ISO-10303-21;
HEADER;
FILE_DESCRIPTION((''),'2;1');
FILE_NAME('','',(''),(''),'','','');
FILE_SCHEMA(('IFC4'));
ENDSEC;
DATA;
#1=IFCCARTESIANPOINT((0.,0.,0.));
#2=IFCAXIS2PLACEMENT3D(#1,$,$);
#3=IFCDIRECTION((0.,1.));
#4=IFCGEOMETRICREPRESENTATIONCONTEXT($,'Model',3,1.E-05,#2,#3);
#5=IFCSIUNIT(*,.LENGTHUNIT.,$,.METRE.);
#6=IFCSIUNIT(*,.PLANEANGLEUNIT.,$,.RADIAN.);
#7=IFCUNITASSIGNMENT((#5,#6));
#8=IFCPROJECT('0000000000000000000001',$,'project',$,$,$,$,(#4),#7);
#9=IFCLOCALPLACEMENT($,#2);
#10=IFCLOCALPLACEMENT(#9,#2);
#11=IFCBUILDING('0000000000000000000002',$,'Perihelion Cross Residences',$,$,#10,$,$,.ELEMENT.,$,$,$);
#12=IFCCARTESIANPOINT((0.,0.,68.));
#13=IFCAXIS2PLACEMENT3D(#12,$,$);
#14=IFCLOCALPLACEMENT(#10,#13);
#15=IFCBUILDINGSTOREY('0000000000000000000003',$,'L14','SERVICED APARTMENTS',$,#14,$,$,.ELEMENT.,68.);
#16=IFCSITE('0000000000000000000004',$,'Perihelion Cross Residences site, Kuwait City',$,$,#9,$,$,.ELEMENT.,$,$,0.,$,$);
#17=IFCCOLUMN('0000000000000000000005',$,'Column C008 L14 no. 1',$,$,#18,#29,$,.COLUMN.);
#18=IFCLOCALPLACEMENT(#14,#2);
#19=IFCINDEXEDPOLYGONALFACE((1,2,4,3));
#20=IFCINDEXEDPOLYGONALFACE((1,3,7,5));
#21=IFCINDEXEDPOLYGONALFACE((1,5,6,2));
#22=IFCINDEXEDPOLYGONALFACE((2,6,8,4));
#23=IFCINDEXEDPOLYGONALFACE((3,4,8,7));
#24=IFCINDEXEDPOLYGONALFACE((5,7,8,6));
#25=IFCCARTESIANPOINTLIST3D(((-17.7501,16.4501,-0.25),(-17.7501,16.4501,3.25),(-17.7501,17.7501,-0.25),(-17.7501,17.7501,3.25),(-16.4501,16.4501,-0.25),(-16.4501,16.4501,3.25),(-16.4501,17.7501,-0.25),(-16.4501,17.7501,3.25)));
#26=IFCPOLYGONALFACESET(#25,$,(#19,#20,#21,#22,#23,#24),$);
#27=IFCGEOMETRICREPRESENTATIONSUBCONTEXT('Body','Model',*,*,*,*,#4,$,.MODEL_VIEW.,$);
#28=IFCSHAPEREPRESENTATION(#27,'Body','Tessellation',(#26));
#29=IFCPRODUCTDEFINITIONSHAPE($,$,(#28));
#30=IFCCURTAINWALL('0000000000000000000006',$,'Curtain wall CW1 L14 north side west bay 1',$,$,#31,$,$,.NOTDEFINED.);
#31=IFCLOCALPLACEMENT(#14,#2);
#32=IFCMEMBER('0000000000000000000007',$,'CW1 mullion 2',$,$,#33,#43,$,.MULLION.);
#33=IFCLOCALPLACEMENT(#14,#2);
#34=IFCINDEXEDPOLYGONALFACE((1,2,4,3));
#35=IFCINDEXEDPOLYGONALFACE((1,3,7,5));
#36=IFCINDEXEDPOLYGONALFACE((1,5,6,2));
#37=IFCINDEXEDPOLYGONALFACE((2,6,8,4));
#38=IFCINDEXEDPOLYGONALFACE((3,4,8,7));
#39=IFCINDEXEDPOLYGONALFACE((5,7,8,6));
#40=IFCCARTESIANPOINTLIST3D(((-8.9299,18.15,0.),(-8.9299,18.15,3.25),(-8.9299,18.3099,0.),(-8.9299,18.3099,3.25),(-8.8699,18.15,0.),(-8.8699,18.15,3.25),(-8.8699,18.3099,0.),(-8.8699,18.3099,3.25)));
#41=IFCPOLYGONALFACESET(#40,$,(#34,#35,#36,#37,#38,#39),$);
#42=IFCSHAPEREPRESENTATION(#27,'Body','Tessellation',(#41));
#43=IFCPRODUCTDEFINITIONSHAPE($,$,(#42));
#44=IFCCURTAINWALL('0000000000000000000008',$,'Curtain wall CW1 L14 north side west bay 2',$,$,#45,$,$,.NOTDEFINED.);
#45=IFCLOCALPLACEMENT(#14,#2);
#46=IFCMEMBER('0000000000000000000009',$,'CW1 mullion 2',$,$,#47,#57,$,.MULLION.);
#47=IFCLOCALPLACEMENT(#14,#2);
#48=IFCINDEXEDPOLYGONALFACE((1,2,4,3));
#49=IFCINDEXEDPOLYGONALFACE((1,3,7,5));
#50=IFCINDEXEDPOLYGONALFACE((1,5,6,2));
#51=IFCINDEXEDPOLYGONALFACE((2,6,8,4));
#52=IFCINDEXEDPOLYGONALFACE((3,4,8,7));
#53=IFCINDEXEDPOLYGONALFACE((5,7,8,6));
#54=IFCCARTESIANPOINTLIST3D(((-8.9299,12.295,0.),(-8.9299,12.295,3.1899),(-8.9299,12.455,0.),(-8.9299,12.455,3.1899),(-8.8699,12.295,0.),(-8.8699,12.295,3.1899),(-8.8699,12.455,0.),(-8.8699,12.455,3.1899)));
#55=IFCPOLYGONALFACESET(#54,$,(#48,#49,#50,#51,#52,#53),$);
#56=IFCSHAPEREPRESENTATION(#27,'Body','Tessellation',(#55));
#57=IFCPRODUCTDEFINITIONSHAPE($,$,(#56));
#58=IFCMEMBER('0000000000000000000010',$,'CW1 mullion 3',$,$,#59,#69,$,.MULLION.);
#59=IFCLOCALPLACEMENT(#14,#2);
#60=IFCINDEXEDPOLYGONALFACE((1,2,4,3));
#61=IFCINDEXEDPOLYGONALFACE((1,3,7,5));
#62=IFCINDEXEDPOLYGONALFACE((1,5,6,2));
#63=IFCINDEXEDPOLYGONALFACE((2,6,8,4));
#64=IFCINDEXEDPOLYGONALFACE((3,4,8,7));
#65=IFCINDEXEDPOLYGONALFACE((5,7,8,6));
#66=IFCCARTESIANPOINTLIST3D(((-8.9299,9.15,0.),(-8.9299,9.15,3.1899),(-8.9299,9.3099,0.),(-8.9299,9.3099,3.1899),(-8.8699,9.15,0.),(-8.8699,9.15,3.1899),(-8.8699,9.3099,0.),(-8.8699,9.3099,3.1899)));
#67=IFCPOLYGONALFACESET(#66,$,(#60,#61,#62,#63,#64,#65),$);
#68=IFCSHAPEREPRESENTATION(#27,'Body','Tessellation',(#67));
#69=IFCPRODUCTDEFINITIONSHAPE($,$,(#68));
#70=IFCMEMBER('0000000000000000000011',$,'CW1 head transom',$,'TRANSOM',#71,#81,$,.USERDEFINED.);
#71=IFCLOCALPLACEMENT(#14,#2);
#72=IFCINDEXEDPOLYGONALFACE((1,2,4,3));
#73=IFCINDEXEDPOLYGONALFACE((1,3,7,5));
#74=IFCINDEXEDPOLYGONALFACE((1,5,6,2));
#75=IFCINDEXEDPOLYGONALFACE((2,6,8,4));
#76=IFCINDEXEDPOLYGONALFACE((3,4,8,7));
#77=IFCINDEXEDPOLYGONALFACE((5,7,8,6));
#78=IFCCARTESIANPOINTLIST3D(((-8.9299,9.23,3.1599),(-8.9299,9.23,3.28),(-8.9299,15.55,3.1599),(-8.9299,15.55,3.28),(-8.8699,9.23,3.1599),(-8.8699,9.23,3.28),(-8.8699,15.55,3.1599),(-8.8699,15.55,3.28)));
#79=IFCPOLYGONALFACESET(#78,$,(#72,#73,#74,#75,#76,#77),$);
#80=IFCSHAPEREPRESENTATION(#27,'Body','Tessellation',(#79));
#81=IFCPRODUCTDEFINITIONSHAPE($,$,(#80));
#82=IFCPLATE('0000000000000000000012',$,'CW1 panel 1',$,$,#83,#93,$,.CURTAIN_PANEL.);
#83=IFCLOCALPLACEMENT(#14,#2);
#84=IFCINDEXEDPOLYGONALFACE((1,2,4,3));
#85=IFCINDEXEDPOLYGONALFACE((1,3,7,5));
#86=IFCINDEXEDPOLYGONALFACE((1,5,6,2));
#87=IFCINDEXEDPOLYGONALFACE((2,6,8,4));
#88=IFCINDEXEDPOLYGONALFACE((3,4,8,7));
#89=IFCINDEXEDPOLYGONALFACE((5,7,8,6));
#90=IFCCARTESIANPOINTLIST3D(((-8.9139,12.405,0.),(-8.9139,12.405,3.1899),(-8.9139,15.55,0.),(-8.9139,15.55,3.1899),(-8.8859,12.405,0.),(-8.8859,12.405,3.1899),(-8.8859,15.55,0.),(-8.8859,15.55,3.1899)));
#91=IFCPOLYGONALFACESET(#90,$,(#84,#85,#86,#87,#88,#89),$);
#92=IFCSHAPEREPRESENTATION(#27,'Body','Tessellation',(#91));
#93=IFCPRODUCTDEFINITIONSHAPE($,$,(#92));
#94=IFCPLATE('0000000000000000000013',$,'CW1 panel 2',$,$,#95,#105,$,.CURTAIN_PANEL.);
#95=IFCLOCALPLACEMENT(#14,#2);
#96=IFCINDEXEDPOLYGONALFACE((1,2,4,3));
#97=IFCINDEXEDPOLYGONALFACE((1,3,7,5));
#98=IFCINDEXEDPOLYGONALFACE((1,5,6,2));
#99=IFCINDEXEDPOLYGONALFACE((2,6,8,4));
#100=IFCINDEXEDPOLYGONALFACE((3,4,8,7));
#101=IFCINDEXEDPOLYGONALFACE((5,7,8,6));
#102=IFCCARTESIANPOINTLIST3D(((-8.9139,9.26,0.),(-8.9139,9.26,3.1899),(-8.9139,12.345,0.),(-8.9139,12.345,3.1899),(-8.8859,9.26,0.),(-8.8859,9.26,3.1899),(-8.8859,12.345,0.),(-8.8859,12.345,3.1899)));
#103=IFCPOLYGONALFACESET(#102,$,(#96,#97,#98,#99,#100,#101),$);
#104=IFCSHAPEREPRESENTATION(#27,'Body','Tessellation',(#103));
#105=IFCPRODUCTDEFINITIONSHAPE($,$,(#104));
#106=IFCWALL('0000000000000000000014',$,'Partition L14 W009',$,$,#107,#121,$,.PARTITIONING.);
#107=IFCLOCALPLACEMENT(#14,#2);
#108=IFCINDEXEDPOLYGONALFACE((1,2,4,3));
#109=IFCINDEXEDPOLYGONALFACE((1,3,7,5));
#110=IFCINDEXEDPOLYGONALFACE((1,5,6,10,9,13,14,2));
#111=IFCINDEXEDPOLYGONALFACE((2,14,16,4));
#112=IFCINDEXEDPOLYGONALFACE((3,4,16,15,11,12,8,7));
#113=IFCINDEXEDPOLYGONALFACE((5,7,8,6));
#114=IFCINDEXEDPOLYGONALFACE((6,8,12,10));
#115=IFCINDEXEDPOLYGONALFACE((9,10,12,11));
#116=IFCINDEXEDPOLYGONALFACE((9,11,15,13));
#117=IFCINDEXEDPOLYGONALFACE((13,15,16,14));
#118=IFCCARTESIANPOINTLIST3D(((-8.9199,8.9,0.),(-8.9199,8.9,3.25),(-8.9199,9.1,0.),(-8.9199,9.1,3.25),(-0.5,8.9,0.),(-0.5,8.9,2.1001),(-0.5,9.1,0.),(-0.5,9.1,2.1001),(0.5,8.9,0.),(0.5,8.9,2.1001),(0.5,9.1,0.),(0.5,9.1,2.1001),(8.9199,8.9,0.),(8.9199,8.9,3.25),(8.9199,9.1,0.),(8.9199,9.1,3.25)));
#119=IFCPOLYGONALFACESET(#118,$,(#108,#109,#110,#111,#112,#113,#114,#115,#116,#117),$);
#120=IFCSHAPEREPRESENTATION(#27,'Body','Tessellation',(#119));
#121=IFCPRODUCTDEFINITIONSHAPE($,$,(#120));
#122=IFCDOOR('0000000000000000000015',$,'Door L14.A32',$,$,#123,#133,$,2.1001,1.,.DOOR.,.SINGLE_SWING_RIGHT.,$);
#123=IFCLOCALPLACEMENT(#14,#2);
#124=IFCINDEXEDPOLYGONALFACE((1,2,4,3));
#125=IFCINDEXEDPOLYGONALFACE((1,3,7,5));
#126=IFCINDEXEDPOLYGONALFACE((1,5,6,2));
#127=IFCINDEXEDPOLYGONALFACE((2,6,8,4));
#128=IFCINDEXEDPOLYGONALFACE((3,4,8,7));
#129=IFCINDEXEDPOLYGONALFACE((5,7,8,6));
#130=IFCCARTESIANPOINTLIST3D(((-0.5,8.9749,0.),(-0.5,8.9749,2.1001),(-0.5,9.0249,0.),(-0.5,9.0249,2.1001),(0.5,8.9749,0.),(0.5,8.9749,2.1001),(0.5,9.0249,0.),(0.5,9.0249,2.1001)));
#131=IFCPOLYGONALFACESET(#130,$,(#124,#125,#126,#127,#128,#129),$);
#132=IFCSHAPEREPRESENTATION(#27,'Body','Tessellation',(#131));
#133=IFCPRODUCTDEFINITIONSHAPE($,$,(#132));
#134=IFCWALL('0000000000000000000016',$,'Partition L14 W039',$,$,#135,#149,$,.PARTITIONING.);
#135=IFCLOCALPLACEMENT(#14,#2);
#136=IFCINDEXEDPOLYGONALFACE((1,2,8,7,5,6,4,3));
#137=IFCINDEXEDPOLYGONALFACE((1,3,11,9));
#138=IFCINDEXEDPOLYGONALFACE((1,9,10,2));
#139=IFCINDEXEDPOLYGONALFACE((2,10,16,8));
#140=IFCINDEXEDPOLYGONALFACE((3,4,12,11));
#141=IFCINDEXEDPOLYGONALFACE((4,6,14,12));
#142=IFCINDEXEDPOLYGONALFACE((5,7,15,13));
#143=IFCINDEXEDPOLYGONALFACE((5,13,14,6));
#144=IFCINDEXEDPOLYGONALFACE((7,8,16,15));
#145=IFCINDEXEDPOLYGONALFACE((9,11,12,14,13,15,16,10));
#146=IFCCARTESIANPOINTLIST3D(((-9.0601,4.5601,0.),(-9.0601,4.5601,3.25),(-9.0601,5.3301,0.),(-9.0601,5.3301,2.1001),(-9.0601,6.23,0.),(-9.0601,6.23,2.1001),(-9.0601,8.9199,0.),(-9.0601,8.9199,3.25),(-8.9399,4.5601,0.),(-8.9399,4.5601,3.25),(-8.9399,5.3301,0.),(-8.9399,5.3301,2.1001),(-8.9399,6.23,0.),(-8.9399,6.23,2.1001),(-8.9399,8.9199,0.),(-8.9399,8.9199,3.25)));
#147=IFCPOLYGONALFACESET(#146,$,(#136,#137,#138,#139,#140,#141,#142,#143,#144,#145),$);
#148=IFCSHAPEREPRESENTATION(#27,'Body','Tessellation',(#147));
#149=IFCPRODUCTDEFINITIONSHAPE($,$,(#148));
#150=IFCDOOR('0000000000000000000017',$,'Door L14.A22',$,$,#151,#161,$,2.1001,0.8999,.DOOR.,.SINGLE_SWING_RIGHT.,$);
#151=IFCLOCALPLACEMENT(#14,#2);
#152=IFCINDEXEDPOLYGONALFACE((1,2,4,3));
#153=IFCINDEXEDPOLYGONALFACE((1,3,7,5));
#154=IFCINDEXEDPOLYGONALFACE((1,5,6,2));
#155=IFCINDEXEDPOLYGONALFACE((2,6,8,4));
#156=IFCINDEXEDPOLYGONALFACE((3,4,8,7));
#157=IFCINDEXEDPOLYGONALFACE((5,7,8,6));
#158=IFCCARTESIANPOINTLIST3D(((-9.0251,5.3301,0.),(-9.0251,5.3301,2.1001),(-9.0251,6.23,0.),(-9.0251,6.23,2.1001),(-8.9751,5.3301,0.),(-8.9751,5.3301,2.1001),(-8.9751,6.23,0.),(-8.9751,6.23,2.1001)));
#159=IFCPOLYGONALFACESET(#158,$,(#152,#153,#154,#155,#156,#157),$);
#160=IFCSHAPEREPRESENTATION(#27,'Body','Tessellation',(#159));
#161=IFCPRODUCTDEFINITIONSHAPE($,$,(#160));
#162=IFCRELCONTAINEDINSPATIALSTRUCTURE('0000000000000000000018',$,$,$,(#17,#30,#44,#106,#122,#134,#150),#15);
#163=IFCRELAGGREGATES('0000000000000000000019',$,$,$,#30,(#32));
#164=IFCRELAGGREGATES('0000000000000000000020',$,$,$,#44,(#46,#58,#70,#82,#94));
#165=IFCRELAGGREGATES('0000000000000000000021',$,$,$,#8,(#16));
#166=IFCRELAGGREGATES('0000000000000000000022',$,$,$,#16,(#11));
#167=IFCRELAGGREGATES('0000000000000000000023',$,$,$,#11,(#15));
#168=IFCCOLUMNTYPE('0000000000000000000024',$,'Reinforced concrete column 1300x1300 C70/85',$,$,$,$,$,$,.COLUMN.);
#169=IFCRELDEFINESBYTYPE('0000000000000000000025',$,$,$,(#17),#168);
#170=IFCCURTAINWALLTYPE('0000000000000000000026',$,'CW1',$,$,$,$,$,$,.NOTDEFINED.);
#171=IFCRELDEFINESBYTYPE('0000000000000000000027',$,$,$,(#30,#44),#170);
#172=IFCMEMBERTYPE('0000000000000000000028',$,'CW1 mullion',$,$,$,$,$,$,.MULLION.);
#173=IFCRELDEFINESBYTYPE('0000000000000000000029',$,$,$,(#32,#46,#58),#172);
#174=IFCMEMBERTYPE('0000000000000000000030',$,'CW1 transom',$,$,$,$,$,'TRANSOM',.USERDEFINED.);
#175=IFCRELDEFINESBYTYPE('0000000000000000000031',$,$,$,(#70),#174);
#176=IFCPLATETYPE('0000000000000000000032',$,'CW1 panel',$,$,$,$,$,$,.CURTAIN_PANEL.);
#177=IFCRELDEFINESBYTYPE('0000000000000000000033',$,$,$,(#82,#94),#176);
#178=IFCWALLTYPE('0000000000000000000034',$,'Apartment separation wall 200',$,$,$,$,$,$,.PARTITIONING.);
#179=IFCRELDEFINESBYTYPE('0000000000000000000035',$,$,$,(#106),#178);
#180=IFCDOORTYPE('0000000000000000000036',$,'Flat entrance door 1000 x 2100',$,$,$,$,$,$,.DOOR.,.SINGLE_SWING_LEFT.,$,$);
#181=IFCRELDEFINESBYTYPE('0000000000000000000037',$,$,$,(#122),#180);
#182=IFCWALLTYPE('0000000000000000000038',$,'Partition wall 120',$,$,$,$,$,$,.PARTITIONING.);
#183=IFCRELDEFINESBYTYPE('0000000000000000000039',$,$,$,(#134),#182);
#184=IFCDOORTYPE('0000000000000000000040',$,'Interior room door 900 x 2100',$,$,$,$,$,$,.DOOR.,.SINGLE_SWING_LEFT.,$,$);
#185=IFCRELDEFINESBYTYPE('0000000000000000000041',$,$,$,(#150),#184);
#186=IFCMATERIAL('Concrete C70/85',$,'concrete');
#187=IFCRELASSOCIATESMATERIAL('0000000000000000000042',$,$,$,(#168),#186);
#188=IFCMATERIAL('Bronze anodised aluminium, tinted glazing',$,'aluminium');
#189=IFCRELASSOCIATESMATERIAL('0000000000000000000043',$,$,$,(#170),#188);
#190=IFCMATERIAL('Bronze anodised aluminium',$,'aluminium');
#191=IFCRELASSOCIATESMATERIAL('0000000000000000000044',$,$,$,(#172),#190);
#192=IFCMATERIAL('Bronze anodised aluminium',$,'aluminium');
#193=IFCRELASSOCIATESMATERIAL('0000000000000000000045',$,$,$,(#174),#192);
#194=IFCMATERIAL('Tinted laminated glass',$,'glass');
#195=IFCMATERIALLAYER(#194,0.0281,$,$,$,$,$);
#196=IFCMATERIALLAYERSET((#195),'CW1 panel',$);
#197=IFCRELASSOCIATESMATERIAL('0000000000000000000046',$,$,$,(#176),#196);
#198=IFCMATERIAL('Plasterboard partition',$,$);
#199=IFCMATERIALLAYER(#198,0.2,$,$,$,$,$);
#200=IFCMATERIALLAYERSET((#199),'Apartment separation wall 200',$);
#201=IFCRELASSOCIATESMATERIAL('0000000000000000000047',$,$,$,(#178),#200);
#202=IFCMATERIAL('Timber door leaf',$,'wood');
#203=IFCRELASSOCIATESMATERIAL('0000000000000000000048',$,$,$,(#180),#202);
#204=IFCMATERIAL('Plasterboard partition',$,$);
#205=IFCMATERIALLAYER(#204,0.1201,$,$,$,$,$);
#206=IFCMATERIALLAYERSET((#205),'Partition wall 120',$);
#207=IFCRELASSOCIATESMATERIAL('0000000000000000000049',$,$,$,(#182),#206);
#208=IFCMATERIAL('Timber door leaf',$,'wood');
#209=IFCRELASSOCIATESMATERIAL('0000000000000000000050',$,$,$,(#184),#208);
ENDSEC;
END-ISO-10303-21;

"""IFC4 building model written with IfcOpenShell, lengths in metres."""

from ifc_helpers import new_model, si_unit, direction, frame, frame_2d, origin, origin_2d, place, context, subcontext, project, spatial, rectangle, extrude, material, layer, layer_set, material_profile, profile_set, type_object, element, fill, aggregate, save


model = new_model("IFC4")

# Units and contexts
model_context = context("Model", 3, precision=1e-05, world=origin(), true_north=direction((0.0, 1.0)))
body_context = subcontext(model_context, "Body", "Model", "MODEL_VIEW")
ifc_project = project(units=[si_unit("LENGTHUNIT", "METRE"), si_unit("PLANEANGLEUNIT", "RADIAN")], contexts=[model_context])

# Site, building, storey
site_placement = place(None, origin())
site = spatial("IfcSite", under=ifc_project, at=site_placement, Name="Perihelion Cross Residences site, Kuwait City", CompositionType="ELEMENT", RefElevation=0.0)
building_placement = place(site_placement, origin())
building = spatial("IfcBuilding", under=site, at=building_placement, Name="Perihelion Cross Residences", CompositionType="ELEMENT")
storey_placement = place(building_placement, frame((0.0, 0.0, 68.0)))
storey = spatial("IfcBuildingStorey", under=building, at=storey_placement, Name="L14", Description="SERVICED APARTMENTS", CompositionType="ELEMENT", Elevation=68.0)

# Column
ifc_material_1 = material(Name="Concrete C70/85", Category="concrete")
ifc_material_profile_1 = material_profile(ifc_material_1, rectangle(XDim=1.3, YDim=1.3, at=origin_2d()), Name="RC 1300x1300")
ifc_profile_set_1 = profile_set([ifc_material_profile_1], Name="Concrete C70/85")
column_type = type_object("IfcColumnType", Name="Reinforced concrete column 1300x1300 C70/85", PredefinedType="COLUMN", material=ifc_profile_set_1)
column_placement = place(storey_placement, frame((-17.1001, 17.1001, -0.25), z_axis=(0.0, 0.0, 1.0), x_axis=(1.0, 0.0, 0.0)))
element("IfcColumn", 1, at=column_placement, inside=storey, type_object=column_type, Name="Column C008 L14 no. 1", PredefinedType="COLUMN", context=body_context, shape_type="SweptSolid", body=[
    extrude(rectangle(XDim=1.3, YDim=1.3, at=origin_2d()), origin(), (0.0, 0.0, 1.0), 3.5),
])

# Curtain wall, member
ifc_material_2 = material(Name="Bronze anodised aluminium, tinted glazing", Category="aluminium")
curtain_wall_type = type_object("IfcCurtainWallType", Name="CW1", PredefinedType="NOTDEFINED", material=ifc_material_2)
curtain_wall_1_placement = place(storey_placement, origin())
curtain_wall_1 = element("IfcCurtainWall", 2, at=curtain_wall_1_placement, inside=storey, type_object=curtain_wall_type, Name="Curtain wall CW1 L14 north side west bay 1", PredefinedType="NOTDEFINED")
ifc_material_3 = material(Name="Bronze anodised aluminium", Category="aluminium")
ifc_material_profile_2 = material_profile(ifc_material_3, rectangle(XDim=0.0601, YDim=0.1599, at=origin_2d()), Name="CW1 mullion")
ifc_profile_set_2 = profile_set([ifc_material_profile_2], Name="Bronze anodised aluminium")
member_type_1 = type_object("IfcMemberType", Name="CW1 mullion", PredefinedType="MULLION", material=ifc_profile_set_2)
member_1_placement = place(storey_placement, frame((-8.8999, 18.23, 0.0), z_axis=(0.0, 0.0, 1.0), x_axis=(1.0, 0.0, 0.0)))
member_1 = element("IfcMember", 3, at=member_1_placement, type_object=member_type_1, Name="CW1 mullion 2", PredefinedType="MULLION", context=body_context, shape_type="SweptSolid", body=[
    extrude(rectangle(XDim=0.0601, YDim=0.1599, at=origin_2d()), origin(), (0.0, 0.0, 1.0), 3.25),
])
aggregate(curtain_wall_1, [member_1])

# Curtain wall, members, plates
curtain_wall_2_placement = place(storey_placement, origin())
curtain_wall_2 = element("IfcCurtainWall", 4, at=curtain_wall_2_placement, inside=storey, type_object=curtain_wall_type, Name="Curtain wall CW1 L14 north side west bay 2", PredefinedType="NOTDEFINED")
member_2_placement = place(storey_placement, frame((-8.8999, 12.375, 0.0), z_axis=(0.0, 0.0, 1.0), x_axis=(1.0, 0.0, 0.0)))
member_2 = element("IfcMember", 5, at=member_2_placement, type_object=member_type_1, Name="CW1 mullion 2", PredefinedType="MULLION", context=body_context, shape_type="SweptSolid", body=[
    extrude(rectangle(XDim=0.0601, YDim=0.1599, at=origin_2d()), origin(), (0.0, 0.0, 1.0), 3.1899),
])
member_3_placement = place(storey_placement, frame((-8.8999, 9.23, 0.0), z_axis=(0.0, 0.0, 1.0), x_axis=(1.0, 0.0, 0.0)))
member_3 = element("IfcMember", 6, at=member_3_placement, type_object=member_type_1, Name="CW1 mullion 3", PredefinedType="MULLION", context=body_context, shape_type="SweptSolid", body=[
    extrude(rectangle(XDim=0.0601, YDim=0.1599, at=origin_2d()), origin(), (0.0, 0.0, 1.0), 3.1899),
])
ifc_material_4 = material(Name="Bronze anodised aluminium", Category="aluminium")
ifc_material_profile_3 = material_profile(ifc_material_4, rectangle(XDim=0.0601, YDim=0.1201, at=origin_2d()), Name="CW1 transom")
ifc_profile_set_3 = profile_set([ifc_material_profile_3], Name="Bronze anodised aluminium")
member_type_2 = type_object("IfcMemberType", Name="CW1 transom", ElementType="TRANSOM", PredefinedType="USERDEFINED", material=ifc_profile_set_3)
member_4_placement = place(storey_placement, frame((-8.8999, 15.55, 3.22), z_axis=(0.0, -1.0, 0.0), x_axis=(1.0, 0.0, 0.0)))
member_4 = element("IfcMember", 7, at=member_4_placement, type_object=member_type_2, Name="CW1 head transom", ObjectType="TRANSOM", PredefinedType="USERDEFINED", context=body_context, shape_type="SweptSolid", body=[
    extrude(rectangle(XDim=0.0601, YDim=0.1201, at=origin_2d()), origin(), (0.0, 0.0, 1.0), 6.3201),
])
ifc_material_5 = material(Name="Tinted laminated glass", Category="glass")
ifc_layer_1 = layer(ifc_material_5, 0.0281)
ifc_layer_set_1 = layer_set([ifc_layer_1], Name="CW1 panel")
plate_type = type_object("IfcPlateType", Name="CW1 panel", PredefinedType="CURTAIN_PANEL", material=ifc_layer_set_1)
plate_1_placement = place(storey_placement, frame((-8.8999, 13.9775, 0.0), z_axis=(0.0, 0.0, 1.0), x_axis=(0.0, -1.0, 0.0)))
plate_1 = element("IfcPlate", 8, at=plate_1_placement, type_object=plate_type, Name="CW1 panel 1", PredefinedType="CURTAIN_PANEL", context=body_context, shape_type="SweptSolid", body=[
    extrude(rectangle(XDim=3.145, YDim=0.0281, at=origin_2d()), origin(), (0.0, 0.0, 1.0), 3.1899),
])
plate_2_placement = place(storey_placement, frame((-8.8999, 10.8025, 0.0), z_axis=(0.0, 0.0, 1.0), x_axis=(0.0, -1.0, 0.0)))
plate_2 = element("IfcPlate", 9, at=plate_2_placement, type_object=plate_type, Name="CW1 panel 2", PredefinedType="CURTAIN_PANEL", context=body_context, shape_type="SweptSolid", body=[
    extrude(rectangle(XDim=3.085, YDim=0.0281, at=origin_2d()), origin(), (0.0, 0.0, 1.0), 3.1899),
])
aggregate(curtain_wall_2, [member_2, member_3, member_4, plate_1, plate_2])

# Walls, openings, doors
ifc_material_6 = material(Name="Plasterboard partition")
ifc_layer_2 = layer(ifc_material_6, 0.2)
ifc_layer_set_2 = layer_set([ifc_layer_2], Name="Apartment separation wall 200")
wall_type_1 = type_object("IfcWallType", Name="Apartment separation wall 200", PredefinedType="PARTITIONING", material=ifc_layer_set_2)
wall_1_placement = place(storey_placement, frame((-8.9199, 9.0, 0.0), z_axis=(0.0, 0.0, 1.0), x_axis=(1.0, 0.0, 0.0)))
wall_1 = element("IfcWall", 10, at=wall_1_placement, inside=storey, type_object=wall_type_1, Name="Partition L14 W009", PredefinedType="PARTITIONING", context=body_context, shape_type="SweptSolid", body=[
    extrude(rectangle(XDim=17.8398, YDim=0.2, at=frame_2d((8.9199, 0.0))), origin(), (0.0, 0.0, 1.0), 3.25),
])
opening_1_placement = place(wall_1_placement, frame((8.4199, 0.0, 0.0)))
opening_1 = element("IfcOpeningElement", 11, at=opening_1_placement, cuts=wall_1, PredefinedType="OPENING", context=body_context, shape_type="SweptSolid", body=[
    extrude(rectangle(XDim=1.0, YDim=2.1001, at=frame_2d((0.5, 1.05))), frame((0.0, 0.1099, 0.0), z_axis=(0.0, -1.0, 0.0), x_axis=(1.0, 0.0, 0.0)), (0.0, 0.0, 1.0), 0.22),
])
ifc_material_7 = material(Name="Timber door leaf", Category="wood")
door_type_1 = type_object("IfcDoorType", Name="Flat entrance door 1000 x 2100", OperationType="SINGLE_SWING_LEFT", PredefinedType="DOOR", material=ifc_material_7)
door_1_placement = place(opening_1_placement, origin())
door_1 = element("IfcDoor", 12, at=door_1_placement, inside=storey, type_object=door_type_1, Name="Door L14.A32", OperationType="SINGLE_SWING_RIGHT", OverallHeight=2.1001, OverallWidth=1.0, PredefinedType="DOOR", context=body_context, shape_type="SweptSolid", body=[
    extrude(rectangle(XDim=1.0, YDim=2.1001, at=frame_2d((0.5, 1.05))), frame((0.0, 0.0249, 0.0), z_axis=(0.0, -1.0, 0.0), x_axis=(1.0, 0.0, 0.0)), (0.0, 0.0, 1.0), 0.05),
])
fill(opening_1, door_1)
ifc_material_8 = material(Name="Plasterboard partition")
ifc_layer_3 = layer(ifc_material_8, 0.1201)
ifc_layer_set_3 = layer_set([ifc_layer_3], Name="Partition wall 120")
wall_type_2 = type_object("IfcWallType", Name="Partition wall 120", PredefinedType="PARTITIONING", material=ifc_layer_set_3)
wall_2_placement = place(storey_placement, frame((-9.0, 8.9199, 0.0), z_axis=(0.0, 0.0, 1.0), x_axis=(0.0, -1.0, 0.0)))
wall_2 = element("IfcWall", 13, at=wall_2_placement, inside=storey, type_object=wall_type_2, Name="Partition L14 W039", PredefinedType="PARTITIONING", context=body_context, shape_type="SweptSolid", body=[
    extrude(rectangle(XDim=4.3599, YDim=0.1201, at=frame_2d((2.1799, 0.0))), origin(), (0.0, 0.0, 1.0), 3.25),
])
opening_2_placement = place(wall_2_placement, frame((2.6899, 0.0, 0.0)))
opening_2 = element("IfcOpeningElement", 14, at=opening_2_placement, cuts=wall_2, PredefinedType="OPENING", context=body_context, shape_type="SweptSolid", body=[
    extrude(rectangle(XDim=0.8999, YDim=2.1001, at=frame_2d((0.45, 1.05))), frame((0.0, 0.0701, 0.0), z_axis=(0.0, -1.0, 0.0), x_axis=(1.0, 0.0, 0.0)), (0.0, 0.0, 1.0), 0.1401),
])
ifc_material_9 = material(Name="Timber door leaf", Category="wood")
door_type_2 = type_object("IfcDoorType", Name="Interior room door 900 x 2100", OperationType="SINGLE_SWING_LEFT", PredefinedType="DOOR", material=ifc_material_9)
door_2_placement = place(opening_2_placement, origin())
door_2 = element("IfcDoor", 15, at=door_2_placement, inside=storey, type_object=door_type_2, Name="Door L14.A22", OperationType="SINGLE_SWING_RIGHT", OverallHeight=2.1001, OverallWidth=0.8999, PredefinedType="DOOR", context=body_context, shape_type="SweptSolid", body=[
    extrude(rectangle(XDim=0.8999, YDim=2.1001, at=frame_2d((0.45, 1.05))), frame((0.0, 0.0249, 0.0), z_axis=(0.0, -1.0, 0.0), x_axis=(1.0, 0.0, 0.0)), (0.0, 0.0, 1.0), 0.05),
])
fill(opening_2, door_2)

save(model, "model.ifc")
